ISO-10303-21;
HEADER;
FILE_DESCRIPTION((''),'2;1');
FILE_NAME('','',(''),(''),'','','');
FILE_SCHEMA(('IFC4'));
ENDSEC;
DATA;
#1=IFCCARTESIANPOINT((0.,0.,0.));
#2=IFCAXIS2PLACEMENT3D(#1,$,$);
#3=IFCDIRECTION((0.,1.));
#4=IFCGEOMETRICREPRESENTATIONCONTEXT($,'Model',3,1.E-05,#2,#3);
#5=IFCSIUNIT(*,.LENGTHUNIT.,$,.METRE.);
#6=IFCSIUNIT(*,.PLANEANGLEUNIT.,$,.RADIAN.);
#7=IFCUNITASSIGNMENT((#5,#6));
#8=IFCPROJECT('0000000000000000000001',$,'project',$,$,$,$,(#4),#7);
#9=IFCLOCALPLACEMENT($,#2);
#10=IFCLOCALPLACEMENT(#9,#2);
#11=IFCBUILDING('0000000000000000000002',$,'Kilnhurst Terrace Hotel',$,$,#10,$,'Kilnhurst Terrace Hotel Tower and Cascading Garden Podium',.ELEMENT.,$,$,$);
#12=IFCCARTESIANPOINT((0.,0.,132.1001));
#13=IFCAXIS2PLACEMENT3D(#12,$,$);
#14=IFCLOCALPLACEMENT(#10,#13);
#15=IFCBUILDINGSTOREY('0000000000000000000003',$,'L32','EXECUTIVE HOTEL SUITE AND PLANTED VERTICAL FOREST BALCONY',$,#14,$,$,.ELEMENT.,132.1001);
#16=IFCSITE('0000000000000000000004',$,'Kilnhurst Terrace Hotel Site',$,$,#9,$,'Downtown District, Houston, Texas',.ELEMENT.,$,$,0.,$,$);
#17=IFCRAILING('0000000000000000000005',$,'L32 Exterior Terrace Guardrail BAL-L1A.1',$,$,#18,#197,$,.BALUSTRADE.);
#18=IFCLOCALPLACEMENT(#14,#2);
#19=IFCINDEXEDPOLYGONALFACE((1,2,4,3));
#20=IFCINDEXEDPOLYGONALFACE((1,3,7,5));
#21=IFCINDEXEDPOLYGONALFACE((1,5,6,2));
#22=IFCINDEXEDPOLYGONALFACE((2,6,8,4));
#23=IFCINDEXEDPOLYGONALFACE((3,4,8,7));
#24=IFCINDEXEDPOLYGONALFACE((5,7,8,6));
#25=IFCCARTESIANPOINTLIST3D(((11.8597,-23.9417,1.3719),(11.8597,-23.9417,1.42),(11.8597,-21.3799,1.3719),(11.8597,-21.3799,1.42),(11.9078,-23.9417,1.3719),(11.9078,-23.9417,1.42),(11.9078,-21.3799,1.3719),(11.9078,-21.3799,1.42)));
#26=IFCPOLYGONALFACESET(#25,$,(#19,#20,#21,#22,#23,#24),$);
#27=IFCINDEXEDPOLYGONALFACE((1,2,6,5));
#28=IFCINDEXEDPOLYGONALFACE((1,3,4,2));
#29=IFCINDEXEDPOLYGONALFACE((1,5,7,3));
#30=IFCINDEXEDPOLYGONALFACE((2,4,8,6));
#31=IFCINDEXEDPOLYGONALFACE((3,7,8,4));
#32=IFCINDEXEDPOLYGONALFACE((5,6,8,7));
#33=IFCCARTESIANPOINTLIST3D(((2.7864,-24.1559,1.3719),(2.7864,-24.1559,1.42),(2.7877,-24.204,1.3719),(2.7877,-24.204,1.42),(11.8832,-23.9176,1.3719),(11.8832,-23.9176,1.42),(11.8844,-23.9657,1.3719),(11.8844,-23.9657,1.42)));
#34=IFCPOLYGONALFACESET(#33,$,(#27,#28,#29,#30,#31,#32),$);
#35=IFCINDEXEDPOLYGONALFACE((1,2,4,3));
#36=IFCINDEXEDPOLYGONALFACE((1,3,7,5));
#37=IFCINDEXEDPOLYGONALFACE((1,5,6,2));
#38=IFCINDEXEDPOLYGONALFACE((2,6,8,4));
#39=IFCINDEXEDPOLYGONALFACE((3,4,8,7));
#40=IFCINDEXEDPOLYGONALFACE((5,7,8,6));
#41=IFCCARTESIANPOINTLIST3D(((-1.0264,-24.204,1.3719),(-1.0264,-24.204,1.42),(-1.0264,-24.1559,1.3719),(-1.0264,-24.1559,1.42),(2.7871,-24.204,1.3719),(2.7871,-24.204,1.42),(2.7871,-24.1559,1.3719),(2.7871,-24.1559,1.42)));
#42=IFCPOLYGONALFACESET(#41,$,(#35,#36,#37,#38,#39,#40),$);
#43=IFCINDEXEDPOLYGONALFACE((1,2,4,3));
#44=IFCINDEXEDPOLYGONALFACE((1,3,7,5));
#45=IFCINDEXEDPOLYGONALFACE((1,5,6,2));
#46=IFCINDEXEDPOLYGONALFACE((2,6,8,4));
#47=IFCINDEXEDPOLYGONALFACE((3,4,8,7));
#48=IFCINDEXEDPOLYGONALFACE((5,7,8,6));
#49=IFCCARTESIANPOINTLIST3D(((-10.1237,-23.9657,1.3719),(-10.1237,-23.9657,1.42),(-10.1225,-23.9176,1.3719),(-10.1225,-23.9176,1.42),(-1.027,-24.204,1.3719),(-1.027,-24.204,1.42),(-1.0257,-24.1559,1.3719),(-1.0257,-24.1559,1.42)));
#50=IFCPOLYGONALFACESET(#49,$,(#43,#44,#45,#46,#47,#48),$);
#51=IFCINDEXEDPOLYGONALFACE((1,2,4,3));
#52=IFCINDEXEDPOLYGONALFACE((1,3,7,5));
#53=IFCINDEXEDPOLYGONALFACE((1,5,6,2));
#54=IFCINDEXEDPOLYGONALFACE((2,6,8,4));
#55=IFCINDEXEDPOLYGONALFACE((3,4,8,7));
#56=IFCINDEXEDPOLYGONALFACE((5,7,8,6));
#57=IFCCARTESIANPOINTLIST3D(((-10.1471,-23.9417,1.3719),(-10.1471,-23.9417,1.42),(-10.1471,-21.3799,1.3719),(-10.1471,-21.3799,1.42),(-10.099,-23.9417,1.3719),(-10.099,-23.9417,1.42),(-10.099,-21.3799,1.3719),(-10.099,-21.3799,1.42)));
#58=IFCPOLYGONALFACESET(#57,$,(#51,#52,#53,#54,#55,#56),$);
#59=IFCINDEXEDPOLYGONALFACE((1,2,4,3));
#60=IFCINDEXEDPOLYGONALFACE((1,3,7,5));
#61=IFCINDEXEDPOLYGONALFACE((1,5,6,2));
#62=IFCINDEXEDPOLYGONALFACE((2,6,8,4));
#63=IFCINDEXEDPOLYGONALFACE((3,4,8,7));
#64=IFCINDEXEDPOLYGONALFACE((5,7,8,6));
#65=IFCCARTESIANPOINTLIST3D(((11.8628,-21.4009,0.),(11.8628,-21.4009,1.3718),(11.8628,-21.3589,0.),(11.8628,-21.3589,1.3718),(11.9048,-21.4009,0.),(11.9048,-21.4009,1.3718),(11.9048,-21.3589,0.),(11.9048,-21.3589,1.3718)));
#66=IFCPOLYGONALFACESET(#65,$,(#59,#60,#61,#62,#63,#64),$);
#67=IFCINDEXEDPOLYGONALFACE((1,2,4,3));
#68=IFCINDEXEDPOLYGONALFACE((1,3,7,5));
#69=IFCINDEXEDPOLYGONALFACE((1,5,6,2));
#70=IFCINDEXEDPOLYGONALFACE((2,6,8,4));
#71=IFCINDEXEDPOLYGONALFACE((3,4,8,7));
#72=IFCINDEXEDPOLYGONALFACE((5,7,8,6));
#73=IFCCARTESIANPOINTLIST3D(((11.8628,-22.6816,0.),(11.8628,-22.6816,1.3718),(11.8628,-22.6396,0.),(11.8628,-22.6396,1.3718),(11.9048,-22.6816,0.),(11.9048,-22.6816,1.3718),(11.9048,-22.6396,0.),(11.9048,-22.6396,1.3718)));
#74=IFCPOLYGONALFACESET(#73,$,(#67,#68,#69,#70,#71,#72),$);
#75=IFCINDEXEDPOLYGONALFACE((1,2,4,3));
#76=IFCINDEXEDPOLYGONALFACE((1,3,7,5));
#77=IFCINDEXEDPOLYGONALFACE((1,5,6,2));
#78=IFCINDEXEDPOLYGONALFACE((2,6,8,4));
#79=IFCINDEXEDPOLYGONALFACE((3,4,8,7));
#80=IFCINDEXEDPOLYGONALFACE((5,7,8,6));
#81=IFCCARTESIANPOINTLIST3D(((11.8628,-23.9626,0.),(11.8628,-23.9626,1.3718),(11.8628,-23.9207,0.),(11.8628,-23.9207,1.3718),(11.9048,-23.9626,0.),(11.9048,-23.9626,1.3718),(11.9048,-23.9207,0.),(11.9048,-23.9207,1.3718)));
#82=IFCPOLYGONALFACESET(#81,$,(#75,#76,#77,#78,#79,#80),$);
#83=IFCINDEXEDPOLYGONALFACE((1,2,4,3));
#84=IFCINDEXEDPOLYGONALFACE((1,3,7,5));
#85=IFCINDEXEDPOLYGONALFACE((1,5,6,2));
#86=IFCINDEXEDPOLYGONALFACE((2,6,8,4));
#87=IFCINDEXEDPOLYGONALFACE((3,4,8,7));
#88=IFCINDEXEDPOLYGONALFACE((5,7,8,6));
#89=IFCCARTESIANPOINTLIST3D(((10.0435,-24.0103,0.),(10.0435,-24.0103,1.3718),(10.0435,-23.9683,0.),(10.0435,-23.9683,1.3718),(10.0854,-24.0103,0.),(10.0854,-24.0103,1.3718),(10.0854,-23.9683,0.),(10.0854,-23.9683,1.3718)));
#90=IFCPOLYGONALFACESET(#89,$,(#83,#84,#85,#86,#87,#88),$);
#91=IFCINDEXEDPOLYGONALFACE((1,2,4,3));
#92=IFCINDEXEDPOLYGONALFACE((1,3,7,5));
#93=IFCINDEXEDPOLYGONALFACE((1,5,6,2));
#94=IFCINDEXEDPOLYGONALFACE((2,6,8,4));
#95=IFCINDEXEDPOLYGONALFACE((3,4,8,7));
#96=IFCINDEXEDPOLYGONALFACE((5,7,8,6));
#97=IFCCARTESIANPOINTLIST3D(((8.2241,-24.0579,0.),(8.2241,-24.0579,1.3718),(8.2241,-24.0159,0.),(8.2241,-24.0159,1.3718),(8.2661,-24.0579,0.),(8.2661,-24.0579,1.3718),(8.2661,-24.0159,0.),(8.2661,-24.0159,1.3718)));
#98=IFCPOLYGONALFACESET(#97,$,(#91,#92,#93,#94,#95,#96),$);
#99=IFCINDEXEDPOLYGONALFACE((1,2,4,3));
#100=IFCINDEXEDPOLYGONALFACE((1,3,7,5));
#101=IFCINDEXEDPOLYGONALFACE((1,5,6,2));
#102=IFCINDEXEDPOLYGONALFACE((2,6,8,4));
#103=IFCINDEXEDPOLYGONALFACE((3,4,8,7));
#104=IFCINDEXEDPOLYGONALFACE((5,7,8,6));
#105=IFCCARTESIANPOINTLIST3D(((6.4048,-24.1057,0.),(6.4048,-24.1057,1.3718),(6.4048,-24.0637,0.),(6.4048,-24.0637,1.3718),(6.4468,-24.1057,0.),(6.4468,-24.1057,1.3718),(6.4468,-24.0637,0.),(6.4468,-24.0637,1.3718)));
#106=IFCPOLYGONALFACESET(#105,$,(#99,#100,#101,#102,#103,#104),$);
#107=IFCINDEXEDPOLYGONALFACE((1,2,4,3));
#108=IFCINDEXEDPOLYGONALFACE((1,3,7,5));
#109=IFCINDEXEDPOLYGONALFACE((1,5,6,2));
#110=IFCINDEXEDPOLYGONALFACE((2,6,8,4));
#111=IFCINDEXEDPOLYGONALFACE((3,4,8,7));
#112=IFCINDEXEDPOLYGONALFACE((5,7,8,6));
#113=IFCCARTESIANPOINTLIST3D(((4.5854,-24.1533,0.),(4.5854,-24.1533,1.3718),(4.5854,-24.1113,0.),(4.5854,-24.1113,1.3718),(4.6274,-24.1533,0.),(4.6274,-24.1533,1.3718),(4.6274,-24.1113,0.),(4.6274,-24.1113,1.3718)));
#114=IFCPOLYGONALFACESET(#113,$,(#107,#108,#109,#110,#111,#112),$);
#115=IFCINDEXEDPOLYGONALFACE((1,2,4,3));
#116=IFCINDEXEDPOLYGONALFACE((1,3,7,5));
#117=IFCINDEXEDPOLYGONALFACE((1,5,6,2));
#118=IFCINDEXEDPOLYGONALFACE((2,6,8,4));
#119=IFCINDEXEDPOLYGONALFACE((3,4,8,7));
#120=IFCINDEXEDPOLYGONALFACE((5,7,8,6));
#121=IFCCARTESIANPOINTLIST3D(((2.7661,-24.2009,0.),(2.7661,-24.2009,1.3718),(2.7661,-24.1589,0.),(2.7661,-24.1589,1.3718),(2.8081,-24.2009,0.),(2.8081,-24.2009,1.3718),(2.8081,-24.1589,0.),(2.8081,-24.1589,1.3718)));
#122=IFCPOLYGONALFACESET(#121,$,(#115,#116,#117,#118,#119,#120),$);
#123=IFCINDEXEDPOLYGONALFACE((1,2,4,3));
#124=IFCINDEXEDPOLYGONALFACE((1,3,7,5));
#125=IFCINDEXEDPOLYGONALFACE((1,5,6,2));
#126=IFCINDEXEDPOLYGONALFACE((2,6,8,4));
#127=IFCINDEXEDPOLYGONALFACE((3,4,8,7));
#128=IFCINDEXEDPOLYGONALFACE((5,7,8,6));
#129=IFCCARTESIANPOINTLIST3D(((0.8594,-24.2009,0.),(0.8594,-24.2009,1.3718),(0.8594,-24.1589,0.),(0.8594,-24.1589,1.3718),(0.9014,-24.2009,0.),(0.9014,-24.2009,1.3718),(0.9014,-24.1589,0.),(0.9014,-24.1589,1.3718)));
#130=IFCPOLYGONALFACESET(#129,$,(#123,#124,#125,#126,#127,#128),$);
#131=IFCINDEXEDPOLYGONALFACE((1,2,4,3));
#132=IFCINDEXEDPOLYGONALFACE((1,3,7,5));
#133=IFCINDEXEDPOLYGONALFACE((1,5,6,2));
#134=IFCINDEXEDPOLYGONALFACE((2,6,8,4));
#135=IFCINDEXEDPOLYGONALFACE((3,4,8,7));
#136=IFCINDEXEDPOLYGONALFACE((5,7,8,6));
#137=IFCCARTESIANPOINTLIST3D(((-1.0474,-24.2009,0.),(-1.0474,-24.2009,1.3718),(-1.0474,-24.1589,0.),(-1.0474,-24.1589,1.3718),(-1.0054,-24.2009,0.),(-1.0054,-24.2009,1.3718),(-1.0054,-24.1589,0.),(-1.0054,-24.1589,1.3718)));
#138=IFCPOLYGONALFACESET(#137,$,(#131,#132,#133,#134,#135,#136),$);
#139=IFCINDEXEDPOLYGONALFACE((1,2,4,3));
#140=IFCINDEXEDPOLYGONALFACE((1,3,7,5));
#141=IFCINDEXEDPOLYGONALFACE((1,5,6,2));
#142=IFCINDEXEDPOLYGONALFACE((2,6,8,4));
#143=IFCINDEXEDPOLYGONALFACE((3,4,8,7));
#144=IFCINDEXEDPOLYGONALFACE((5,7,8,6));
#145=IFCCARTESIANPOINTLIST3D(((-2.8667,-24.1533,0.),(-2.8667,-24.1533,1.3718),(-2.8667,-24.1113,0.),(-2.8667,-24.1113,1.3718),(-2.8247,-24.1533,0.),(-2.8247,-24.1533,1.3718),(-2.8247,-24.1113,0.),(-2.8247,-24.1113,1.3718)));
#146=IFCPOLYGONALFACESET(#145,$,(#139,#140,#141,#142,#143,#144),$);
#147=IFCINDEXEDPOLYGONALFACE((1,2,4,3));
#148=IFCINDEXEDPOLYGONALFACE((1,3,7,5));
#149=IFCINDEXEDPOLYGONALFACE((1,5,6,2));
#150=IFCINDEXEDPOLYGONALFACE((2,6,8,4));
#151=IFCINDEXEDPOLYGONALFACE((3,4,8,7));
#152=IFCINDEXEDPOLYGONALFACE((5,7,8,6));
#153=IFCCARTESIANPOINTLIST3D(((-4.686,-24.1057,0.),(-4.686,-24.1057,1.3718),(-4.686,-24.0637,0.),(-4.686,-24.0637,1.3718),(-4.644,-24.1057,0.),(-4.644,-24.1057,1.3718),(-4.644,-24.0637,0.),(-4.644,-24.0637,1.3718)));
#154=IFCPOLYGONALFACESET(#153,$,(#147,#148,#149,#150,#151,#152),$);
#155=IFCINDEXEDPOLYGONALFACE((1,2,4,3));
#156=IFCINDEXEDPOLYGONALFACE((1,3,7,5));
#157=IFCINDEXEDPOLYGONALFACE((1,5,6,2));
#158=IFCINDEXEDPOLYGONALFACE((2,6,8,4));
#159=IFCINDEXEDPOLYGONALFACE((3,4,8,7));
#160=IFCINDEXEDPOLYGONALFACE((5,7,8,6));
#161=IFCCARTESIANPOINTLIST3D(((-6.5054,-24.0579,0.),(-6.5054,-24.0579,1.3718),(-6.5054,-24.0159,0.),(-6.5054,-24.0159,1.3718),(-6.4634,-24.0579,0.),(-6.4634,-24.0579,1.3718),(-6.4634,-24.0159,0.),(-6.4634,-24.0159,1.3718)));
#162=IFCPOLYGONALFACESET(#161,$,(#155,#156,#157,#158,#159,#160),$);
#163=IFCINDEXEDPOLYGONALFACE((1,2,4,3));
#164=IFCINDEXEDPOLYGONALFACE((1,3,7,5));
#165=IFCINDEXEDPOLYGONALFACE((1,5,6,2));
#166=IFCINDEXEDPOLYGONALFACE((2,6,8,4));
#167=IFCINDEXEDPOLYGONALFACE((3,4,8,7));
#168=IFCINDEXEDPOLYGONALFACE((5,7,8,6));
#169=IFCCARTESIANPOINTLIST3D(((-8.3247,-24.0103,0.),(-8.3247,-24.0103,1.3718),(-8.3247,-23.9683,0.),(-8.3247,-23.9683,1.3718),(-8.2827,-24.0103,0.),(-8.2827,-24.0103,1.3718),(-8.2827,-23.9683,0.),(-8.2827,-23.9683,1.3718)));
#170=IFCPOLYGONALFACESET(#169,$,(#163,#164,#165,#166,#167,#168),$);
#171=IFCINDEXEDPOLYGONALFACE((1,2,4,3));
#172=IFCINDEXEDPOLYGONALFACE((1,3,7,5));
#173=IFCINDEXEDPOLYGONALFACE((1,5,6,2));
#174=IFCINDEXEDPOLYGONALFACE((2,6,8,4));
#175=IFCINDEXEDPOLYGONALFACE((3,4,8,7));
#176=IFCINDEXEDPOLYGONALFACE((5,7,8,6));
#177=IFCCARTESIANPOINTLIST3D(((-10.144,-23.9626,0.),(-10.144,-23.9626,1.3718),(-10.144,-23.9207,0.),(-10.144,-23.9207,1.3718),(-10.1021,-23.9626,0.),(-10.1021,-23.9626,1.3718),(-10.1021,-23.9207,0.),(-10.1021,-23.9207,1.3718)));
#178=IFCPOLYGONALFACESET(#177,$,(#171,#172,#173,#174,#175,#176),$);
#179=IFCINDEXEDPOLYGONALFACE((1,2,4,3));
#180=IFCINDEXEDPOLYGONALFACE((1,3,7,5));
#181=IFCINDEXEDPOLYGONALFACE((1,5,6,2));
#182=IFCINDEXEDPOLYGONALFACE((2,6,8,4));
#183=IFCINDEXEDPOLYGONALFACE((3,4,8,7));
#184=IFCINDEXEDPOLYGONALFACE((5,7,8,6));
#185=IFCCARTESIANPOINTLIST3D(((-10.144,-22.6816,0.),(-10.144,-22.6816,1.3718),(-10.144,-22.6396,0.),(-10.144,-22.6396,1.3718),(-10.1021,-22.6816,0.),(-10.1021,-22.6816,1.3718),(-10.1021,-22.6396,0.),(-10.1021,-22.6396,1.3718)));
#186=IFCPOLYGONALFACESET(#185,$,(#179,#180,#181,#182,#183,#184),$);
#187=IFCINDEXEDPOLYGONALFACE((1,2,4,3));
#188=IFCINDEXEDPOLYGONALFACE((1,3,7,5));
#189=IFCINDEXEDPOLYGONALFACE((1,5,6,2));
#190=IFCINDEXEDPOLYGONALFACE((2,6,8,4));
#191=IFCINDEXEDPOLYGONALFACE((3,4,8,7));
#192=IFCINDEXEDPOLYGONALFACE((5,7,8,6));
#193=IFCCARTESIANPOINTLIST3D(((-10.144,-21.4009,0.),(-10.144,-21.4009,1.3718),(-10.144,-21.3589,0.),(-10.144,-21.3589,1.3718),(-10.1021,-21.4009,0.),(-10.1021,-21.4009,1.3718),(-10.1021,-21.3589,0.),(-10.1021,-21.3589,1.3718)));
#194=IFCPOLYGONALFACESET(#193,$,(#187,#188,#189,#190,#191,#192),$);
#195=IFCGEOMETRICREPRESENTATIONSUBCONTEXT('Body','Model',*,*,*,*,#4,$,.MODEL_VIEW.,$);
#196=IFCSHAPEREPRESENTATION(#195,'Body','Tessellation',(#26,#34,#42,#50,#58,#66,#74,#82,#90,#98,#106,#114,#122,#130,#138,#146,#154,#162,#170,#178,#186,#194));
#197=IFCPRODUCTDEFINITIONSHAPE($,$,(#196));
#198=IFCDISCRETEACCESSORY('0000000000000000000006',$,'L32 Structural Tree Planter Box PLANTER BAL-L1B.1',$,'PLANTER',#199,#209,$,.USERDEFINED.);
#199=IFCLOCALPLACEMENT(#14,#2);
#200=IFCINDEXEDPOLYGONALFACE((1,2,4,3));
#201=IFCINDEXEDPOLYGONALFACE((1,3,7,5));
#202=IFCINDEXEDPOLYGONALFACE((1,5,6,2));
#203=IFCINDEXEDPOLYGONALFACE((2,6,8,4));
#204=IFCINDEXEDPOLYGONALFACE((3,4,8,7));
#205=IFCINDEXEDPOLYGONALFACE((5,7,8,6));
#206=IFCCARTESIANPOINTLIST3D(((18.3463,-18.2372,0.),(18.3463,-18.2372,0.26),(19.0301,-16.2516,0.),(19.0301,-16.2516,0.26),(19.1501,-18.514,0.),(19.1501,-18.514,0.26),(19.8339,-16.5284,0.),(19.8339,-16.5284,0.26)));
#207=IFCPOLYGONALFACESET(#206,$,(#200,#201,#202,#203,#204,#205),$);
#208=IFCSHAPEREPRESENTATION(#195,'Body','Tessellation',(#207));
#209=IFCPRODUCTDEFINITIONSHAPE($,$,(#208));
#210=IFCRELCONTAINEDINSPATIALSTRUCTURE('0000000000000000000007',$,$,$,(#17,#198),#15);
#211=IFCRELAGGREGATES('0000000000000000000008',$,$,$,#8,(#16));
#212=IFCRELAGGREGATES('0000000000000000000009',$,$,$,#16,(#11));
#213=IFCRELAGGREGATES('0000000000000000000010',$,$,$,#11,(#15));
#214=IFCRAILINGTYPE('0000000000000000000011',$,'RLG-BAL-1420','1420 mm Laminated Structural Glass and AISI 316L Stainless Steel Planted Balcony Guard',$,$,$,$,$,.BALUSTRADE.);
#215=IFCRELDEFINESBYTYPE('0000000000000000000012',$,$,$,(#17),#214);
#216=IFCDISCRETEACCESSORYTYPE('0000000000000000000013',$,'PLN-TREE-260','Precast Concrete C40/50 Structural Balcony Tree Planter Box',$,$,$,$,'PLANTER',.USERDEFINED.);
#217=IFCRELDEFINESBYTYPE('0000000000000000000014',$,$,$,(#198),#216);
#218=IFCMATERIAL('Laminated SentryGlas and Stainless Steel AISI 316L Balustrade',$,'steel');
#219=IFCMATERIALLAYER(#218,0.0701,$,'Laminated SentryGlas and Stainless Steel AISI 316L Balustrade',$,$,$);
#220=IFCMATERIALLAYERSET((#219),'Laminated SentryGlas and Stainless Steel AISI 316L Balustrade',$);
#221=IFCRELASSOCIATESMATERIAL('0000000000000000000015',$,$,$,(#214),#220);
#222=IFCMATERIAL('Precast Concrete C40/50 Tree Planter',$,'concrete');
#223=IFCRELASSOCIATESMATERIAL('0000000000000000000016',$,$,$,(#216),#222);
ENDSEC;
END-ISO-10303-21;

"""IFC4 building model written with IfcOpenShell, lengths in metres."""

from ifc_helpers import new_model, si_unit, direction, frame, origin, origin_2d, place, context, subcontext, project, spatial, rectangle, extrude, material, layer, layer_set, type_object, element, save


model = new_model("IFC4")

# Units and contexts
model_context = context("Model", 3, precision=1e-05, world=origin(), true_north=direction((0.0, 1.0)))
body_context = subcontext(model_context, "Body", "Model", "MODEL_VIEW")
ifc_project = project(units=[si_unit("LENGTHUNIT", "METRE"), si_unit("PLANEANGLEUNIT", "RADIAN")], contexts=[model_context])

# Site, building, storey
site_placement = place(None, origin())
site = spatial("IfcSite", under=ifc_project, at=site_placement, Name="Kilnhurst Terrace Hotel Site", LongName="Downtown District, Houston, Texas", CompositionType="ELEMENT", RefElevation=0.0)
building_placement = place(site_placement, origin())
building = spatial("IfcBuilding", under=site, at=building_placement, Name="Kilnhurst Terrace Hotel", LongName="Kilnhurst Terrace Hotel Tower and Cascading Garden Podium", CompositionType="ELEMENT")
storey_placement = place(building_placement, frame((0.0, 0.0, 132.1001)))
storey = spatial("IfcBuildingStorey", under=building, at=storey_placement, Name="L32", Description="EXECUTIVE HOTEL SUITE AND PLANTED VERTICAL FOREST BALCONY", CompositionType="ELEMENT", Elevation=132.1001)

# Railing
ifc_material_1 = material(Name="Laminated SentryGlas and Stainless Steel AISI 316L Balustrade", Category="steel")
ifc_layer_1 = layer(ifc_material_1, 0.0701, Name="Laminated SentryGlas and Stainless Steel AISI 316L Balustrade")
ifc_layer_set_1 = layer_set([ifc_layer_1], Name="Laminated SentryGlas and Stainless Steel AISI 316L Balustrade")
railing_type = type_object("IfcRailingType", Name="RLG-BAL-1420", Description="1420 mm Laminated Structural Glass and AISI 316L Stainless Steel Planted Balcony Guard", PredefinedType="BALUSTRADE", material=ifc_layer_set_1)
railing_placement = place(storey_placement, frame((11.8838, -21.3799, 0.0)))
element("IfcRailing", 1, at=railing_placement, inside=storey, type_object=railing_type, Name="L32 Exterior Terrace Guardrail BAL-L1A.1", PredefinedType="BALUSTRADE", context=body_context, shape_type="SweptSolid", body=[
    extrude(rectangle(XDim=0.0481, YDim=0.0481, at=origin_2d()), frame((0.0, 0.0, 1.396), z_axis=(0.0, -1.0, 0.0), x_axis=(1.0, 0.0, 0.0)), (0.0, 0.0, 1.0), 2.5618),
    extrude(rectangle(XDim=0.0481, YDim=0.0481, at=origin_2d()), frame((0.0, -2.5618, 1.396), z_axis=(-0.999657, -0.026185, 0.0), x_axis=(0.026185, -0.999657, 0.0)), (0.0, 0.0, 1.0), 9.0999),
    extrude(rectangle(XDim=0.0481, YDim=0.0481, at=origin_2d()), frame((-9.0967, -2.8, 1.396), z_axis=(-1.0, 0.0, 0.0), x_axis=(0.0, -1.0, 0.0)), (0.0, 0.0, 1.0), 3.8135),
    extrude(rectangle(XDim=0.0481, YDim=0.0481, at=origin_2d()), frame((-12.9102, -2.8, 1.396), z_axis=(-0.999657, 0.026185, 0.0), x_axis=(-0.026185, -0.999657, 0.0)), (0.0, 0.0, 1.0), 9.0999),
    extrude(rectangle(XDim=0.0481, YDim=0.0481, at=origin_2d()), frame((-22.0068, -2.5618, 1.396), z_axis=(0.0, 1.0, 0.0), x_axis=(-1.0, 0.0, 0.0)), (0.0, 0.0, 1.0), 2.5618),
    extrude(rectangle(XDim=0.042, YDim=0.042, at=origin_2d()), origin(), (0.0, 0.0, 1.0), 1.3718),
    extrude(rectangle(XDim=0.042, YDim=0.042, at=origin_2d()), frame((0.0, -1.2808, 0.0)), (0.0, 0.0, 1.0), 1.3718),
    extrude(rectangle(XDim=0.042, YDim=0.042, at=origin_2d()), frame((0.0, -2.5618, 0.0)), (0.0, 0.0, 1.0), 1.3718),
    extrude(rectangle(XDim=0.042, YDim=0.042, at=origin_2d()), frame((-1.8193, -2.6094, 0.0)), (0.0, 0.0, 1.0), 1.3718),
    extrude(rectangle(XDim=0.042, YDim=0.042, at=origin_2d()), frame((-3.6387, -2.657, 0.0)), (0.0, 0.0, 1.0), 1.3718),
    extrude(rectangle(XDim=0.042, YDim=0.042, at=origin_2d()), frame((-5.458, -2.7048, 0.0)), (0.0, 0.0, 1.0), 1.3718),
    extrude(rectangle(XDim=0.042, YDim=0.042, at=origin_2d()), frame((-7.2773, -2.7524, 0.0)), (0.0, 0.0, 1.0), 1.3718),
    extrude(rectangle(XDim=0.042, YDim=0.042, at=origin_2d()), frame((-9.0967, -2.8, 0.0)), (0.0, 0.0, 1.0), 1.3718),
    extrude(rectangle(XDim=0.042, YDim=0.042, at=origin_2d()), frame((-11.0034, -2.8, 0.0)), (0.0, 0.0, 1.0), 1.3718),
    extrude(rectangle(XDim=0.042, YDim=0.042, at=origin_2d()), frame((-12.9102, -2.8, 0.0)), (0.0, 0.0, 1.0), 1.3718),
    extrude(rectangle(XDim=0.042, YDim=0.042, at=origin_2d()), frame((-14.7295, -2.7524, 0.0)), (0.0, 0.0, 1.0), 1.3718),
    extrude(rectangle(XDim=0.042, YDim=0.042, at=origin_2d()), frame((-16.5488, -2.7048, 0.0)), (0.0, 0.0, 1.0), 1.3718),
    extrude(rectangle(XDim=0.042, YDim=0.042, at=origin_2d()), frame((-18.3682, -2.657, 0.0)), (0.0, 0.0, 1.0), 1.3718),
    extrude(rectangle(XDim=0.042, YDim=0.042, at=origin_2d()), frame((-20.1875, -2.6094, 0.0)), (0.0, 0.0, 1.0), 1.3718),
    extrude(rectangle(XDim=0.042, YDim=0.042, at=origin_2d()), frame((-22.0068, -2.5618, 0.0)), (0.0, 0.0, 1.0), 1.3718),
    extrude(rectangle(XDim=0.042, YDim=0.042, at=origin_2d()), frame((-22.0068, -1.2808, 0.0)), (0.0, 0.0, 1.0), 1.3718),
    extrude(rectangle(XDim=0.042, YDim=0.042, at=origin_2d()), frame((-22.0068, 0.0, 0.0)), (0.0, 0.0, 1.0), 1.3718),
])

# Discrete accessory
ifc_material_2 = material(Name="Precast Concrete C40/50 Tree Planter", Category="concrete")
discrete_accessory_type = type_object("IfcDiscreteAccessoryType", Name="PLN-TREE-260", Description="Precast Concrete C40/50 Structural Balcony Tree Planter Box", ElementType="PLANTER", PredefinedType="USERDEFINED", material=ifc_material_2)
discrete_accessory_placement = place(storey_placement, frame((19.0901, -17.3828, 0.0), z_axis=(0.0, 0.0, 1.0), x_axis=(0.325601, 0.945507, 0.0)))
element("IfcDiscreteAccessory", 2, at=discrete_accessory_placement, inside=storey, type_object=discrete_accessory_type, Name="L32 Structural Tree Planter Box PLANTER BAL-L1B.1", ObjectType="PLANTER", PredefinedType="USERDEFINED", context=body_context, shape_type="SweptSolid", body=[
    extrude(rectangle(XDim=2.1001, YDim=0.8501, at=origin_2d()), origin(), (0.0, 0.0, 1.0), 0.26),
])

save(model, "model.ifc")
